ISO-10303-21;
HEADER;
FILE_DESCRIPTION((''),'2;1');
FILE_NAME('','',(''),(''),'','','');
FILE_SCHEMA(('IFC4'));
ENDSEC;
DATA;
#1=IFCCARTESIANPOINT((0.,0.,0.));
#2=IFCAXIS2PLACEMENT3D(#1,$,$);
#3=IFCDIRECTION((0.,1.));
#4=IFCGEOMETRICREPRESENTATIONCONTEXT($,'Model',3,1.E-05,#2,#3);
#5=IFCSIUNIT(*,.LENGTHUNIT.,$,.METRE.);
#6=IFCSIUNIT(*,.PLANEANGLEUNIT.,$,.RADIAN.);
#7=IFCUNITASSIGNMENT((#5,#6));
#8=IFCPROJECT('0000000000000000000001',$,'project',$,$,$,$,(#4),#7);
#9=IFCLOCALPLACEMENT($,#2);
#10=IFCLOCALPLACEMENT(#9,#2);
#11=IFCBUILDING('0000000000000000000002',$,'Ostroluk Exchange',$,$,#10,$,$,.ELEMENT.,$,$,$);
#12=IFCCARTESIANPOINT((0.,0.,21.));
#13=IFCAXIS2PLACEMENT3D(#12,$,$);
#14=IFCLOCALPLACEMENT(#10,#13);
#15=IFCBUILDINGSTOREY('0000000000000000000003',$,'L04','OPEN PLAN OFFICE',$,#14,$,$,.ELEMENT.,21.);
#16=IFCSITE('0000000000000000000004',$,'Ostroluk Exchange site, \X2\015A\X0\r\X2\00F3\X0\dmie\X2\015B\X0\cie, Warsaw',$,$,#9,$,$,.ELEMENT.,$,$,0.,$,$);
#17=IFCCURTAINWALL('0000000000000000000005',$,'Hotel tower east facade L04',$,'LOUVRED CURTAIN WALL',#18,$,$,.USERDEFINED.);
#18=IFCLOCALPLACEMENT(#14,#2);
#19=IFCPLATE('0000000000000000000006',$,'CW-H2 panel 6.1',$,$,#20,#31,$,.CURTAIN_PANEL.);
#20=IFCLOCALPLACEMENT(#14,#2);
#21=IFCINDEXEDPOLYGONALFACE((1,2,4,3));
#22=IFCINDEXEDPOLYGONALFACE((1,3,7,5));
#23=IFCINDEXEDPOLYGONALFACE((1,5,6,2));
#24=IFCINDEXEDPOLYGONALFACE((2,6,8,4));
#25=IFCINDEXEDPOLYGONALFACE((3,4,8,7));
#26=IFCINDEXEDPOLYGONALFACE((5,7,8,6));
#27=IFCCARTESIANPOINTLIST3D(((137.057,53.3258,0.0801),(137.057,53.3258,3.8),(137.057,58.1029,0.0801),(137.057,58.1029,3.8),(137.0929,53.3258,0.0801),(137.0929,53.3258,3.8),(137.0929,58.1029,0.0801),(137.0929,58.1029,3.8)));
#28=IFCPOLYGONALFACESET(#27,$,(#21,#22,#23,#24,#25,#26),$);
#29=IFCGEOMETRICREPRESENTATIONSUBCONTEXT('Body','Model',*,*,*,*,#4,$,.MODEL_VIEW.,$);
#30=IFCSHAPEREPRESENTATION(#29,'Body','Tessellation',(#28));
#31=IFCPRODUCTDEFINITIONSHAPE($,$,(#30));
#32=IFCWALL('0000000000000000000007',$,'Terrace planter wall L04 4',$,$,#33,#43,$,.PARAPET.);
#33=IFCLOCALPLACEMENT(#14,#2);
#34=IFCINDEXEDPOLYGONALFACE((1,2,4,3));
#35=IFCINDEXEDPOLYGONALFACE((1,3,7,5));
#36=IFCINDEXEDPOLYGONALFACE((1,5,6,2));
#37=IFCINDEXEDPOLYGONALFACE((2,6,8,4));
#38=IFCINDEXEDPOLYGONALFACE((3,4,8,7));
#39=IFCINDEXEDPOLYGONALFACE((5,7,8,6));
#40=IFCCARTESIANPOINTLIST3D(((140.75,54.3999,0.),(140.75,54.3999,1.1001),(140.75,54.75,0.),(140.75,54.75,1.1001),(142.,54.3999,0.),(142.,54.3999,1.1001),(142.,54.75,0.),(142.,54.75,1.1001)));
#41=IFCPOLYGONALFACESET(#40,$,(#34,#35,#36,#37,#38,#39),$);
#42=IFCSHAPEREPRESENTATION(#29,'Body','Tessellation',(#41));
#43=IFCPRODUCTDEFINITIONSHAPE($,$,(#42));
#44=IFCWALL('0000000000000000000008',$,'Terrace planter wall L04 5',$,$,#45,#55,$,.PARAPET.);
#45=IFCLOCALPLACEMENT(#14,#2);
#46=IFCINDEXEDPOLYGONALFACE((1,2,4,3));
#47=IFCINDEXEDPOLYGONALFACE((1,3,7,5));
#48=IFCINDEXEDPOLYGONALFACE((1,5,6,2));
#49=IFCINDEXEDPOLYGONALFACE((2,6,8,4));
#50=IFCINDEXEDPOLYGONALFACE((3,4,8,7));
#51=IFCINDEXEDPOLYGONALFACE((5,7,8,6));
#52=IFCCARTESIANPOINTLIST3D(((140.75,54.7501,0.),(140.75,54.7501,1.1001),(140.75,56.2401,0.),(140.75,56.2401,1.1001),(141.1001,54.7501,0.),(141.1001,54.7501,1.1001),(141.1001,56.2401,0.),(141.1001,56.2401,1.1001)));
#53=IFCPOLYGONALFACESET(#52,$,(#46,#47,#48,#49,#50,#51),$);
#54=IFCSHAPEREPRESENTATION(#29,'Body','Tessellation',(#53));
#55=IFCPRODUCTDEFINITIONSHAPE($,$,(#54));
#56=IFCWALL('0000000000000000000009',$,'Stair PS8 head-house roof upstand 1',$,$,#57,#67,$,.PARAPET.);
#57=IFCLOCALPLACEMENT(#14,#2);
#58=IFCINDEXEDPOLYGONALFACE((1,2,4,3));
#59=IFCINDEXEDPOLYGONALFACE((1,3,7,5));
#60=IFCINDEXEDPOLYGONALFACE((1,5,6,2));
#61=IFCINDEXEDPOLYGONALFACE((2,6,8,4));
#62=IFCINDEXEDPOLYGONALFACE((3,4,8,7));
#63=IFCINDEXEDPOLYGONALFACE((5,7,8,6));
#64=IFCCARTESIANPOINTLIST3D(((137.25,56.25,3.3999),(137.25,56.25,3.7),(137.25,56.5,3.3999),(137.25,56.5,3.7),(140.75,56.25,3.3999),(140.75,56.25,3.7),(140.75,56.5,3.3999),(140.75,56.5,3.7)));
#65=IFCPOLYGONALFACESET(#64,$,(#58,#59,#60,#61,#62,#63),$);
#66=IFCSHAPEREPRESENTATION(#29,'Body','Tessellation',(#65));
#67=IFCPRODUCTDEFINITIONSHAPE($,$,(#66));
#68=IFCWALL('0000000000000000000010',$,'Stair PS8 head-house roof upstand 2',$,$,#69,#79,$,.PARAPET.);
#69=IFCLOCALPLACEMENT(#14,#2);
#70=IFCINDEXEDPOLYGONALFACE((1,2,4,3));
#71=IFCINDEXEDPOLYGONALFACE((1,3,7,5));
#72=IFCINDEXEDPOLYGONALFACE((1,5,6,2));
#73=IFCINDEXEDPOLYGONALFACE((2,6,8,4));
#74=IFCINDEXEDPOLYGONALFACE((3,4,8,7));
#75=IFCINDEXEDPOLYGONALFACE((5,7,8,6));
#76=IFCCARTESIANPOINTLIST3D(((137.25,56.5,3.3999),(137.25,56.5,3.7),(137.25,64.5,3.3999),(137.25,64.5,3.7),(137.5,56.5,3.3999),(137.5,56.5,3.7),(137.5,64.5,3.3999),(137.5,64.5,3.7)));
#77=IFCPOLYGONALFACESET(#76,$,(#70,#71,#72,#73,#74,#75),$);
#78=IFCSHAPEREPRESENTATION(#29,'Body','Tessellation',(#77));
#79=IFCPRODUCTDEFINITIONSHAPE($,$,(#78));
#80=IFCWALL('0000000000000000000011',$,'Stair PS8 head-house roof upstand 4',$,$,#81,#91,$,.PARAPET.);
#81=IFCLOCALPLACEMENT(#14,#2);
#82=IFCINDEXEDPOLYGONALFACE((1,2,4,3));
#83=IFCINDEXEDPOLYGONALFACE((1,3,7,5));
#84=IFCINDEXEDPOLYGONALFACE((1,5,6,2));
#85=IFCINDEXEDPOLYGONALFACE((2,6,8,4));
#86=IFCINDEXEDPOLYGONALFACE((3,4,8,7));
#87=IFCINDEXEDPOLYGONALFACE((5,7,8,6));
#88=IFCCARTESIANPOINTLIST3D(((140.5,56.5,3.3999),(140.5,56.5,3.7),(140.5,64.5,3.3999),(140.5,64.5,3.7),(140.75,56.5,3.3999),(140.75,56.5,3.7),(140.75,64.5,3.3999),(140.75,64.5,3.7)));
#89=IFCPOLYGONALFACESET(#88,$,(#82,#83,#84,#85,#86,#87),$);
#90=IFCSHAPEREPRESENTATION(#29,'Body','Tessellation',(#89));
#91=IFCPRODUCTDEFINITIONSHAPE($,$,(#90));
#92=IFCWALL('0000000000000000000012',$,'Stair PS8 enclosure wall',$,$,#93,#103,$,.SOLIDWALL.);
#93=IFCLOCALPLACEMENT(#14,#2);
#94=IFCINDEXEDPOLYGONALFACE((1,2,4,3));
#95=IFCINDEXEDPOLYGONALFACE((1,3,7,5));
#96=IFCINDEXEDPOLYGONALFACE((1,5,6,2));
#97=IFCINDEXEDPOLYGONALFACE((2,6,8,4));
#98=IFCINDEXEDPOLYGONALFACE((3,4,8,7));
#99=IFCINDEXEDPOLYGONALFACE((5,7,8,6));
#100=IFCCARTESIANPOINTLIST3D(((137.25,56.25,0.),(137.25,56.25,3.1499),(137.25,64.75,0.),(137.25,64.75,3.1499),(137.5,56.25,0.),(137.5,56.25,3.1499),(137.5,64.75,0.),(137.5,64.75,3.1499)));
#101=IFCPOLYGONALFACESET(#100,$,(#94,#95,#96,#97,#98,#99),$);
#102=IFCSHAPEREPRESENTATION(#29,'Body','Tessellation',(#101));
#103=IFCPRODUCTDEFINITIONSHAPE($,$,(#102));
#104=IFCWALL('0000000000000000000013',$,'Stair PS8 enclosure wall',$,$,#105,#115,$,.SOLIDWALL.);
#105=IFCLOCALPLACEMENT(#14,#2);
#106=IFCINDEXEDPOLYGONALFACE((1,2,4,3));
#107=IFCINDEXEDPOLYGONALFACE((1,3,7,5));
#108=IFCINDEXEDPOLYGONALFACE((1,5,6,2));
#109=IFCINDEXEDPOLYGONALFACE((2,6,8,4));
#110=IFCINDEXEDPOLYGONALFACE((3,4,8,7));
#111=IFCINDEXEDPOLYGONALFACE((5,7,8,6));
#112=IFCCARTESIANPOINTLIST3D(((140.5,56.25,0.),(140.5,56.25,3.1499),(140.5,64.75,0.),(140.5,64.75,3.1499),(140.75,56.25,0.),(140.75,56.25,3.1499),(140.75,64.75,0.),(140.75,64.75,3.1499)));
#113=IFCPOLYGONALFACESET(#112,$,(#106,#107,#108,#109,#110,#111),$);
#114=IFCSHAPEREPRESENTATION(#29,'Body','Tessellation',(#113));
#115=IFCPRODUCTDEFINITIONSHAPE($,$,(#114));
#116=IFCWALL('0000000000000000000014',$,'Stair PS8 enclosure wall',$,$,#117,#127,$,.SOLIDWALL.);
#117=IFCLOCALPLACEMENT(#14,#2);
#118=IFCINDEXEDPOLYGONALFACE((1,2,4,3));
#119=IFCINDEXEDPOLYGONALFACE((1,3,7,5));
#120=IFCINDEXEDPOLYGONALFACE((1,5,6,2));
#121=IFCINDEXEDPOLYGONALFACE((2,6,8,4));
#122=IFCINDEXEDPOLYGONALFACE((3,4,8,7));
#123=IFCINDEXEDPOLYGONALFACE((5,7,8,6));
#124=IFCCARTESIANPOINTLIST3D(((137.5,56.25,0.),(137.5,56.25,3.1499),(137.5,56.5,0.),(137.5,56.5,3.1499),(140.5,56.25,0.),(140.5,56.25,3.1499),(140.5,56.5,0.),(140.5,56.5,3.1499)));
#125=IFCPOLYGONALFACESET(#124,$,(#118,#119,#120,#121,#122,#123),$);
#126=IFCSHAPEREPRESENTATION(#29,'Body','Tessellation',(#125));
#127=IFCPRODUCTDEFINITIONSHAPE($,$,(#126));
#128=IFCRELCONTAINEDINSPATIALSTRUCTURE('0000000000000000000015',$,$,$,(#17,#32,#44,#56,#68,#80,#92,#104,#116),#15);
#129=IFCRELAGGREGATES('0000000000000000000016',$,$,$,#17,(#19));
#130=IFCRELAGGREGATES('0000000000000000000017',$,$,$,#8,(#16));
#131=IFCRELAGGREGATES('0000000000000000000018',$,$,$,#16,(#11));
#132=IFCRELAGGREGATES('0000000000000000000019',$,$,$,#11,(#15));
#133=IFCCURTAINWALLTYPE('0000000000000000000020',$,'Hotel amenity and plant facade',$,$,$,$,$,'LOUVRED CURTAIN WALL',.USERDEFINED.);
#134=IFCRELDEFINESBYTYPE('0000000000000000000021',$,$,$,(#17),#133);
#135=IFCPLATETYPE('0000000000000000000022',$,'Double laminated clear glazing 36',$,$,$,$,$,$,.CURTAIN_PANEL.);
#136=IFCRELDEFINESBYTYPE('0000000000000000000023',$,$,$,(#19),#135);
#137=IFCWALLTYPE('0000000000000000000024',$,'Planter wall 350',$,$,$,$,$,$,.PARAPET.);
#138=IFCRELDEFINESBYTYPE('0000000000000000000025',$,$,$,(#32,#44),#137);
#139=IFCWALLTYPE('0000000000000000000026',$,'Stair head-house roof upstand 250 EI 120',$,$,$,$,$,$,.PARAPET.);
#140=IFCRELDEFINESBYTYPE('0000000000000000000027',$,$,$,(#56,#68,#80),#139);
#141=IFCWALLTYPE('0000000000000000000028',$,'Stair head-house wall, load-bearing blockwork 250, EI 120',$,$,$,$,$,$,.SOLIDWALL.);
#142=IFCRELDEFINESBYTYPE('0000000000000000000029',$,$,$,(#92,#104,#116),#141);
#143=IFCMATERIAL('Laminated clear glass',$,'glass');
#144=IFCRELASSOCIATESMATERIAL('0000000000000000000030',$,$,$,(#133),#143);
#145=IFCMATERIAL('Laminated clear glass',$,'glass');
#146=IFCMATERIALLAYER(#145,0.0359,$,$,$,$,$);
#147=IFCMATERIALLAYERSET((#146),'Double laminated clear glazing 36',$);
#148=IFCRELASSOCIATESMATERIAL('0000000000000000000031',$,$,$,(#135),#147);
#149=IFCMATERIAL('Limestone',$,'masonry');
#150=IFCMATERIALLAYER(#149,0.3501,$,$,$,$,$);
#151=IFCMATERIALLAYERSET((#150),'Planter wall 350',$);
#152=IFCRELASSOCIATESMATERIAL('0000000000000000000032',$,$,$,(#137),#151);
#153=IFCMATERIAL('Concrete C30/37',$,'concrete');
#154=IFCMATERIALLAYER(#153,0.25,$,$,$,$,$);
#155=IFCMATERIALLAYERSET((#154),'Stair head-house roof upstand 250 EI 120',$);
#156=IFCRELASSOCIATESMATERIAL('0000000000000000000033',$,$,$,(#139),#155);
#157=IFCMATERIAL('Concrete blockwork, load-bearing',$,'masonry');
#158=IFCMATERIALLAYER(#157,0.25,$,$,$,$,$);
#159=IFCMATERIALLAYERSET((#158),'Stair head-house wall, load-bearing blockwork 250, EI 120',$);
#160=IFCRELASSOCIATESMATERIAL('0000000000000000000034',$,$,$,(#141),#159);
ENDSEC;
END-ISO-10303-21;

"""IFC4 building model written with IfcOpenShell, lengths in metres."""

from ifc_helpers import new_model, si_unit, direction, frame, frame_2d, origin, origin_2d, place, context, subcontext, project, spatial, rectangle, extrude, material, layer, layer_set, type_object, element, aggregate, save


model = new_model("IFC4")

# Units and contexts
model_context = context("Model", 3, precision=1e-05, world=origin(), true_north=direction((0.0, 1.0)))
body_context = subcontext(model_context, "Body", "Model", "MODEL_VIEW")
ifc_project = project(units=[si_unit("LENGTHUNIT", "METRE"), si_unit("PLANEANGLEUNIT", "RADIAN")], contexts=[model_context])

# Site, building, storey
site_placement = place(None, origin())
site = spatial("IfcSite", under=ifc_project, at=site_placement, Name="Ostroluk Exchange site, Śródmieście, Warsaw", CompositionType="ELEMENT", RefElevation=0.0)
building_placement = place(site_placement, origin())
building = spatial("IfcBuilding", under=site, at=building_placement, Name="Ostroluk Exchange", CompositionType="ELEMENT")
storey_placement = place(building_placement, frame((0.0, 0.0, 21.0)))
storey = spatial("IfcBuildingStorey", under=building, at=storey_placement, Name="L04", Description="OPEN PLAN OFFICE", CompositionType="ELEMENT", Elevation=21.0)

# Curtain wall, plate
ifc_material_1 = material(Name="Laminated clear glass", Category="glass")
curtain_wall_type = type_object("IfcCurtainWallType", Name="Hotel amenity and plant facade", ElementType="LOUVRED CURTAIN WALL", PredefinedType="USERDEFINED", material=ifc_material_1)
curtain_wall_placement = place(storey_placement, origin())
curtain_wall = element("IfcCurtainWall", 1, at=curtain_wall_placement, inside=storey, type_object=curtain_wall_type, Name="Hotel tower east facade L04", ObjectType="LOUVRED CURTAIN WALL", PredefinedType="USERDEFINED")
ifc_material_2 = material(Name="Laminated clear glass", Category="glass")
ifc_layer_1 = layer(ifc_material_2, 0.0359)
ifc_layer_set_1 = layer_set([ifc_layer_1], Name="Double laminated clear glazing 36")
plate_type = type_object("IfcPlateType", Name="Double laminated clear glazing 36", PredefinedType="CURTAIN_PANEL", material=ifc_layer_set_1)
plate_1_placement = place(storey_placement, frame((137.075, 55.7144, 0.0801), z_axis=(0.0, 0.0, 1.0), x_axis=(0.0, 1.0, 0.0)))
plate_1 = element("IfcPlate", 2, at=plate_1_placement, type_object=plate_type, Name="CW-H2 panel 6.1", PredefinedType="CURTAIN_PANEL", context=body_context, shape_type="SweptSolid", body=[
    extrude(rectangle(XDim=4.7771, YDim=0.0359, at=origin_2d()), origin(), (0.0, 0.0, 1.0), 3.72),
])
aggregate(curtain_wall, [plate_1])

# Walls
ifc_material_3 = material(Name="Limestone", Category="masonry")
ifc_layer_2 = layer(ifc_material_3, 0.3501)
ifc_layer_set_2 = layer_set([ifc_layer_2], Name="Planter wall 350")
wall_type_1 = type_object("IfcWallType", Name="Planter wall 350", PredefinedType="PARAPET", material=ifc_layer_set_2)
wall_1_placement = place(storey_placement, frame((140.75, 54.575, 0.0), z_axis=(0.0, 0.0, 1.0), x_axis=(1.0, 0.0, 0.0)))
element("IfcWall", 3, at=wall_1_placement, inside=storey, type_object=wall_type_1, Name="Terrace planter wall L04 4", PredefinedType="PARAPET", context=body_context, shape_type="SweptSolid", body=[
    extrude(rectangle(XDim=1.25, YDim=0.3501, at=frame_2d((0.625, 0.0))), origin(), (0.0, 0.0, 1.0), 1.1001),
])
wall_2_placement = place(storey_placement, frame((140.925, 54.75, 0.0), z_axis=(0.0, 0.0, 1.0), x_axis=(0.0, 1.0, 0.0)))
element("IfcWall", 4, at=wall_2_placement, inside=storey, type_object=wall_type_1, Name="Terrace planter wall L04 5", PredefinedType="PARAPET", context=body_context, shape_type="SweptSolid", body=[
    extrude(rectangle(XDim=1.49, YDim=0.3501, at=frame_2d((0.7451, 0.0))), origin(), (0.0, 0.0, 1.0), 1.1001),
])
ifc_material_4 = material(Name="Concrete C30/37", Category="concrete")
ifc_layer_3 = layer(ifc_material_4, 0.25)
ifc_layer_set_3 = layer_set([ifc_layer_3], Name="Stair head-house roof upstand 250 EI 120")
wall_type_2 = type_object("IfcWallType", Name="Stair head-house roof upstand 250 EI 120", PredefinedType="PARAPET", material=ifc_layer_set_3)
wall_3_placement = place(storey_placement, frame((137.25, 56.375, 3.3999), z_axis=(0.0, 0.0, 1.0), x_axis=(1.0, 0.0, 0.0)))
element("IfcWall", 5, at=wall_3_placement, inside=storey, type_object=wall_type_2, Name="Stair PS8 head-house roof upstand 1", PredefinedType="PARAPET", context=body_context, shape_type="SweptSolid", body=[
    extrude(rectangle(XDim=3.5, YDim=0.25, at=frame_2d((1.75, 0.0))), origin(), (0.0, 0.0, 1.0), 0.3),
])
for number, where, z_axis, x_axis, name in (
    (6, (137.375, 56.5, 3.3999), (0.0, 0.0, 1.0), (0.0, 1.0, 0.0), "Stair PS8 head-house roof upstand 2"),
    (7, (140.625, 56.5, 3.3999), (0.0, 0.0, 1.0), (0.0, 1.0, 0.0), "Stair PS8 head-house roof upstand 4"),
):
    element("IfcWall", number, at=place(storey_placement, frame(where, z_axis=z_axis, x_axis=x_axis)), inside=storey, type_object=wall_type_2, Name=name, PredefinedType="PARAPET", context=body_context, shape_type="SweptSolid", body=[
        extrude(rectangle(XDim=8.0, YDim=0.25, at=frame_2d((4.0, 0.0))), origin(), (0.0, 0.0, 1.0), 0.3),
    ])
ifc_material_5 = material(Name="Concrete blockwork, load-bearing", Category="masonry")
ifc_layer_4 = layer(ifc_material_5, 0.25)
ifc_layer_set_4 = layer_set([ifc_layer_4], Name="Stair head-house wall, load-bearing blockwork 250, EI 120")
wall_type_3 = type_object("IfcWallType", Name="Stair head-house wall, load-bearing blockwork 250, EI 120", PredefinedType="SOLIDWALL", material=ifc_layer_set_4)
for number, where, z_axis, x_axis, name in (
    (8, (137.375, 56.25, 0.0), (0.0, 0.0, 1.0), (0.0, 1.0, 0.0), "Stair PS8 enclosure wall"),
    (9, (140.625, 56.25, 0.0), (0.0, 0.0, 1.0), (0.0, 1.0, 0.0), "Stair PS8 enclosure wall"),
):
    element("IfcWall", number, at=place(storey_placement, frame(where, z_axis=z_axis, x_axis=x_axis)), inside=storey, type_object=wall_type_3, Name=name, PredefinedType="SOLIDWALL", context=body_context, shape_type="SweptSolid", body=[
        extrude(rectangle(XDim=8.5, YDim=0.25, at=frame_2d((4.25, 0.0))), origin(), (0.0, 0.0, 1.0), 3.1499),
    ])
wall_4_placement = place(storey_placement, frame((137.5, 56.375, 0.0), z_axis=(0.0, 0.0, 1.0), x_axis=(1.0, 0.0, 0.0)))
element("IfcWall", 10, at=wall_4_placement, inside=storey, type_object=wall_type_3, Name="Stair PS8 enclosure wall", PredefinedType="SOLIDWALL", context=body_context, shape_type="SweptSolid", body=[
    extrude(rectangle(XDim=3.0, YDim=0.25, at=frame_2d((1.5, 0.0))), origin(), (0.0, 0.0, 1.0), 3.1499),
])

save(model, "model.ifc")
